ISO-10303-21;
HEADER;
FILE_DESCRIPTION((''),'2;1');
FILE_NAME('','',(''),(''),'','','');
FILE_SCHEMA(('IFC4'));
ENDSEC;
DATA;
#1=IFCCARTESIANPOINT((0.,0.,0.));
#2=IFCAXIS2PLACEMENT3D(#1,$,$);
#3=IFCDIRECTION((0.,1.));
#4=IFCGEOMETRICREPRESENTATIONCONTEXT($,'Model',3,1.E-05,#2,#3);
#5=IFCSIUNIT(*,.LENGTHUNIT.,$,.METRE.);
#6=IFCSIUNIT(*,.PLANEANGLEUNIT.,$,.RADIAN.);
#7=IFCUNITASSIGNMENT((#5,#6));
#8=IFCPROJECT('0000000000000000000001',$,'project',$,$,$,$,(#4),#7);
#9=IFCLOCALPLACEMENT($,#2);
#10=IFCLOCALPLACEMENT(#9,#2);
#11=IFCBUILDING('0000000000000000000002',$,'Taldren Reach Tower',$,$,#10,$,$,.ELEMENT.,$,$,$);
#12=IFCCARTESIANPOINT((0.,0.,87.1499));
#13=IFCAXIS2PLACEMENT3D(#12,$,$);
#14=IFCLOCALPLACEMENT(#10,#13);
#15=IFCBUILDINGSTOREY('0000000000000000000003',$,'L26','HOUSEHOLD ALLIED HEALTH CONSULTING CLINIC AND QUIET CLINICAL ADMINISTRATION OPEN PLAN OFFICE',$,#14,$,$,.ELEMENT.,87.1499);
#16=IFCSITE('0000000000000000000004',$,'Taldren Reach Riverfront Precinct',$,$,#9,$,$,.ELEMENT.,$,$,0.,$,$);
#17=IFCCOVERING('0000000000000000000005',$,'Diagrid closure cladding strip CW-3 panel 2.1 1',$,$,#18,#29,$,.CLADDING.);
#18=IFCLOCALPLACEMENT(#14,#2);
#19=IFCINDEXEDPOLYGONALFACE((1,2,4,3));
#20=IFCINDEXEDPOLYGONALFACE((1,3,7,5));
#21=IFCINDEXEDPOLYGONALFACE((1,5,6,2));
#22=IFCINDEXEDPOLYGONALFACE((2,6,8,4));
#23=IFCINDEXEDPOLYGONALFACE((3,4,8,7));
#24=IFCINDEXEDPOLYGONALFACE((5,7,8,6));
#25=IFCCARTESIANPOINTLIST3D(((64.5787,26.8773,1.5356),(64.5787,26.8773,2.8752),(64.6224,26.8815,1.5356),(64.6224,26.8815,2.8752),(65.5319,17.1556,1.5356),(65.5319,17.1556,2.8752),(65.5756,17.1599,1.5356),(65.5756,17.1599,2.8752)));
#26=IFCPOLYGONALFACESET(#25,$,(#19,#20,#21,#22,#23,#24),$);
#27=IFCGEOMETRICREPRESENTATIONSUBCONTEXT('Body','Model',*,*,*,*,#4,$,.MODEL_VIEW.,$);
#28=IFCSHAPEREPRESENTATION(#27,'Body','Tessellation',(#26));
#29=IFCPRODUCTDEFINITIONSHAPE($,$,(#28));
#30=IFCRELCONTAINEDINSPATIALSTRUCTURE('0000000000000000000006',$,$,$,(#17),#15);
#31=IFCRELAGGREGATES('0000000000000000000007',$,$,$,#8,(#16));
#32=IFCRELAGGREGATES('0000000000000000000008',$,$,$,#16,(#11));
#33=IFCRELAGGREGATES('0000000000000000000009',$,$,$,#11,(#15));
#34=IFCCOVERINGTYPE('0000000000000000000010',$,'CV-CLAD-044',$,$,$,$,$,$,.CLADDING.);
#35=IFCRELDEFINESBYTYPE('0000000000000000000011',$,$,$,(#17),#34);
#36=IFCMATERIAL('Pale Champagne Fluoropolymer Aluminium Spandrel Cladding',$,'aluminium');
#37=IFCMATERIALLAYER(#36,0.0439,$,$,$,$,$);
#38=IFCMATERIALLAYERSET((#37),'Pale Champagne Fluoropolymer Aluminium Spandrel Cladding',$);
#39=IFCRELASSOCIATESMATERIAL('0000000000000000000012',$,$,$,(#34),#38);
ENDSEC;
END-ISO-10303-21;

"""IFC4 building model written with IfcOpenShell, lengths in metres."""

from ifc_helpers import new_model, si_unit, direction, frame, origin, origin_2d, place, context, subcontext, project, spatial, rectangle, extrude, source, transform, mapped, material, layer, layer_set, type_object, element, save


model = new_model("IFC4")

# Units and contexts
model_context = context("Model", 3, precision=1e-05, world=origin(), true_north=direction((0.0, 1.0)))
body_context = subcontext(model_context, "Body", "Model", "MODEL_VIEW")
ifc_project = project(units=[si_unit("LENGTHUNIT", "METRE"), si_unit("PLANEANGLEUNIT", "RADIAN")], contexts=[model_context])

# Site, building, storey
site_placement = place(None, origin())
site = spatial("IfcSite", under=ifc_project, at=site_placement, Name="Taldren Reach Riverfront Precinct", CompositionType="ELEMENT", RefElevation=0.0)
building_placement = place(site_placement, origin())
building = spatial("IfcBuilding", under=site, at=building_placement, Name="Taldren Reach Tower", CompositionType="ELEMENT")
storey_placement = place(building_placement, frame((0.0, 0.0, 87.1499)))
storey = spatial("IfcBuildingStorey", under=building, at=storey_placement, Name="L26", Description="HOUSEHOLD ALLIED HEALTH CONSULTING CLINIC AND QUIET CLINICAL ADMINISTRATION OPEN PLAN OFFICE", CompositionType="ELEMENT", Elevation=87.1499)

# Covering
ifc_material_1 = material(Name="Pale Champagne Fluoropolymer Aluminium Spandrel Cladding", Category="aluminium")
ifc_layer_1 = layer(ifc_material_1, 0.0439)
ifc_layer_set_1 = layer_set([ifc_layer_1], Name="Pale Champagne Fluoropolymer Aluminium Spandrel Cladding")
covering_type = type_object("IfcCoveringType", Name="CV-CLAD-044", PredefinedType="CLADDING", material=ifc_layer_set_1)
shared_shape_1 = source(origin(), body_context, "Body", "SweptSolid", [
    extrude(rectangle(XDim=9.7683, YDim=0.0439, at=origin_2d()), origin(), (0.0, 0.0, 1.0), 1.3396),
])
covering_1_placement = place(storey_placement, frame((65.0771, 22.0186, 1.5356), z_axis=(0.0, 0.0, 1.0), x_axis=(-0.097583, 0.995227, 0.0)))
element("IfcCovering", 1, at=covering_1_placement, inside=storey, type_object=covering_type, Name="Diagrid closure cladding strip CW-3 panel 2.1 1", PredefinedType="CLADDING", context=body_context, shape_type="MappedRepresentation", body=[
    mapped(shared_shape_1, transform((0.0, 0.0, 0.0), scale=1.0)),
])

save(model, "model.ifc")
